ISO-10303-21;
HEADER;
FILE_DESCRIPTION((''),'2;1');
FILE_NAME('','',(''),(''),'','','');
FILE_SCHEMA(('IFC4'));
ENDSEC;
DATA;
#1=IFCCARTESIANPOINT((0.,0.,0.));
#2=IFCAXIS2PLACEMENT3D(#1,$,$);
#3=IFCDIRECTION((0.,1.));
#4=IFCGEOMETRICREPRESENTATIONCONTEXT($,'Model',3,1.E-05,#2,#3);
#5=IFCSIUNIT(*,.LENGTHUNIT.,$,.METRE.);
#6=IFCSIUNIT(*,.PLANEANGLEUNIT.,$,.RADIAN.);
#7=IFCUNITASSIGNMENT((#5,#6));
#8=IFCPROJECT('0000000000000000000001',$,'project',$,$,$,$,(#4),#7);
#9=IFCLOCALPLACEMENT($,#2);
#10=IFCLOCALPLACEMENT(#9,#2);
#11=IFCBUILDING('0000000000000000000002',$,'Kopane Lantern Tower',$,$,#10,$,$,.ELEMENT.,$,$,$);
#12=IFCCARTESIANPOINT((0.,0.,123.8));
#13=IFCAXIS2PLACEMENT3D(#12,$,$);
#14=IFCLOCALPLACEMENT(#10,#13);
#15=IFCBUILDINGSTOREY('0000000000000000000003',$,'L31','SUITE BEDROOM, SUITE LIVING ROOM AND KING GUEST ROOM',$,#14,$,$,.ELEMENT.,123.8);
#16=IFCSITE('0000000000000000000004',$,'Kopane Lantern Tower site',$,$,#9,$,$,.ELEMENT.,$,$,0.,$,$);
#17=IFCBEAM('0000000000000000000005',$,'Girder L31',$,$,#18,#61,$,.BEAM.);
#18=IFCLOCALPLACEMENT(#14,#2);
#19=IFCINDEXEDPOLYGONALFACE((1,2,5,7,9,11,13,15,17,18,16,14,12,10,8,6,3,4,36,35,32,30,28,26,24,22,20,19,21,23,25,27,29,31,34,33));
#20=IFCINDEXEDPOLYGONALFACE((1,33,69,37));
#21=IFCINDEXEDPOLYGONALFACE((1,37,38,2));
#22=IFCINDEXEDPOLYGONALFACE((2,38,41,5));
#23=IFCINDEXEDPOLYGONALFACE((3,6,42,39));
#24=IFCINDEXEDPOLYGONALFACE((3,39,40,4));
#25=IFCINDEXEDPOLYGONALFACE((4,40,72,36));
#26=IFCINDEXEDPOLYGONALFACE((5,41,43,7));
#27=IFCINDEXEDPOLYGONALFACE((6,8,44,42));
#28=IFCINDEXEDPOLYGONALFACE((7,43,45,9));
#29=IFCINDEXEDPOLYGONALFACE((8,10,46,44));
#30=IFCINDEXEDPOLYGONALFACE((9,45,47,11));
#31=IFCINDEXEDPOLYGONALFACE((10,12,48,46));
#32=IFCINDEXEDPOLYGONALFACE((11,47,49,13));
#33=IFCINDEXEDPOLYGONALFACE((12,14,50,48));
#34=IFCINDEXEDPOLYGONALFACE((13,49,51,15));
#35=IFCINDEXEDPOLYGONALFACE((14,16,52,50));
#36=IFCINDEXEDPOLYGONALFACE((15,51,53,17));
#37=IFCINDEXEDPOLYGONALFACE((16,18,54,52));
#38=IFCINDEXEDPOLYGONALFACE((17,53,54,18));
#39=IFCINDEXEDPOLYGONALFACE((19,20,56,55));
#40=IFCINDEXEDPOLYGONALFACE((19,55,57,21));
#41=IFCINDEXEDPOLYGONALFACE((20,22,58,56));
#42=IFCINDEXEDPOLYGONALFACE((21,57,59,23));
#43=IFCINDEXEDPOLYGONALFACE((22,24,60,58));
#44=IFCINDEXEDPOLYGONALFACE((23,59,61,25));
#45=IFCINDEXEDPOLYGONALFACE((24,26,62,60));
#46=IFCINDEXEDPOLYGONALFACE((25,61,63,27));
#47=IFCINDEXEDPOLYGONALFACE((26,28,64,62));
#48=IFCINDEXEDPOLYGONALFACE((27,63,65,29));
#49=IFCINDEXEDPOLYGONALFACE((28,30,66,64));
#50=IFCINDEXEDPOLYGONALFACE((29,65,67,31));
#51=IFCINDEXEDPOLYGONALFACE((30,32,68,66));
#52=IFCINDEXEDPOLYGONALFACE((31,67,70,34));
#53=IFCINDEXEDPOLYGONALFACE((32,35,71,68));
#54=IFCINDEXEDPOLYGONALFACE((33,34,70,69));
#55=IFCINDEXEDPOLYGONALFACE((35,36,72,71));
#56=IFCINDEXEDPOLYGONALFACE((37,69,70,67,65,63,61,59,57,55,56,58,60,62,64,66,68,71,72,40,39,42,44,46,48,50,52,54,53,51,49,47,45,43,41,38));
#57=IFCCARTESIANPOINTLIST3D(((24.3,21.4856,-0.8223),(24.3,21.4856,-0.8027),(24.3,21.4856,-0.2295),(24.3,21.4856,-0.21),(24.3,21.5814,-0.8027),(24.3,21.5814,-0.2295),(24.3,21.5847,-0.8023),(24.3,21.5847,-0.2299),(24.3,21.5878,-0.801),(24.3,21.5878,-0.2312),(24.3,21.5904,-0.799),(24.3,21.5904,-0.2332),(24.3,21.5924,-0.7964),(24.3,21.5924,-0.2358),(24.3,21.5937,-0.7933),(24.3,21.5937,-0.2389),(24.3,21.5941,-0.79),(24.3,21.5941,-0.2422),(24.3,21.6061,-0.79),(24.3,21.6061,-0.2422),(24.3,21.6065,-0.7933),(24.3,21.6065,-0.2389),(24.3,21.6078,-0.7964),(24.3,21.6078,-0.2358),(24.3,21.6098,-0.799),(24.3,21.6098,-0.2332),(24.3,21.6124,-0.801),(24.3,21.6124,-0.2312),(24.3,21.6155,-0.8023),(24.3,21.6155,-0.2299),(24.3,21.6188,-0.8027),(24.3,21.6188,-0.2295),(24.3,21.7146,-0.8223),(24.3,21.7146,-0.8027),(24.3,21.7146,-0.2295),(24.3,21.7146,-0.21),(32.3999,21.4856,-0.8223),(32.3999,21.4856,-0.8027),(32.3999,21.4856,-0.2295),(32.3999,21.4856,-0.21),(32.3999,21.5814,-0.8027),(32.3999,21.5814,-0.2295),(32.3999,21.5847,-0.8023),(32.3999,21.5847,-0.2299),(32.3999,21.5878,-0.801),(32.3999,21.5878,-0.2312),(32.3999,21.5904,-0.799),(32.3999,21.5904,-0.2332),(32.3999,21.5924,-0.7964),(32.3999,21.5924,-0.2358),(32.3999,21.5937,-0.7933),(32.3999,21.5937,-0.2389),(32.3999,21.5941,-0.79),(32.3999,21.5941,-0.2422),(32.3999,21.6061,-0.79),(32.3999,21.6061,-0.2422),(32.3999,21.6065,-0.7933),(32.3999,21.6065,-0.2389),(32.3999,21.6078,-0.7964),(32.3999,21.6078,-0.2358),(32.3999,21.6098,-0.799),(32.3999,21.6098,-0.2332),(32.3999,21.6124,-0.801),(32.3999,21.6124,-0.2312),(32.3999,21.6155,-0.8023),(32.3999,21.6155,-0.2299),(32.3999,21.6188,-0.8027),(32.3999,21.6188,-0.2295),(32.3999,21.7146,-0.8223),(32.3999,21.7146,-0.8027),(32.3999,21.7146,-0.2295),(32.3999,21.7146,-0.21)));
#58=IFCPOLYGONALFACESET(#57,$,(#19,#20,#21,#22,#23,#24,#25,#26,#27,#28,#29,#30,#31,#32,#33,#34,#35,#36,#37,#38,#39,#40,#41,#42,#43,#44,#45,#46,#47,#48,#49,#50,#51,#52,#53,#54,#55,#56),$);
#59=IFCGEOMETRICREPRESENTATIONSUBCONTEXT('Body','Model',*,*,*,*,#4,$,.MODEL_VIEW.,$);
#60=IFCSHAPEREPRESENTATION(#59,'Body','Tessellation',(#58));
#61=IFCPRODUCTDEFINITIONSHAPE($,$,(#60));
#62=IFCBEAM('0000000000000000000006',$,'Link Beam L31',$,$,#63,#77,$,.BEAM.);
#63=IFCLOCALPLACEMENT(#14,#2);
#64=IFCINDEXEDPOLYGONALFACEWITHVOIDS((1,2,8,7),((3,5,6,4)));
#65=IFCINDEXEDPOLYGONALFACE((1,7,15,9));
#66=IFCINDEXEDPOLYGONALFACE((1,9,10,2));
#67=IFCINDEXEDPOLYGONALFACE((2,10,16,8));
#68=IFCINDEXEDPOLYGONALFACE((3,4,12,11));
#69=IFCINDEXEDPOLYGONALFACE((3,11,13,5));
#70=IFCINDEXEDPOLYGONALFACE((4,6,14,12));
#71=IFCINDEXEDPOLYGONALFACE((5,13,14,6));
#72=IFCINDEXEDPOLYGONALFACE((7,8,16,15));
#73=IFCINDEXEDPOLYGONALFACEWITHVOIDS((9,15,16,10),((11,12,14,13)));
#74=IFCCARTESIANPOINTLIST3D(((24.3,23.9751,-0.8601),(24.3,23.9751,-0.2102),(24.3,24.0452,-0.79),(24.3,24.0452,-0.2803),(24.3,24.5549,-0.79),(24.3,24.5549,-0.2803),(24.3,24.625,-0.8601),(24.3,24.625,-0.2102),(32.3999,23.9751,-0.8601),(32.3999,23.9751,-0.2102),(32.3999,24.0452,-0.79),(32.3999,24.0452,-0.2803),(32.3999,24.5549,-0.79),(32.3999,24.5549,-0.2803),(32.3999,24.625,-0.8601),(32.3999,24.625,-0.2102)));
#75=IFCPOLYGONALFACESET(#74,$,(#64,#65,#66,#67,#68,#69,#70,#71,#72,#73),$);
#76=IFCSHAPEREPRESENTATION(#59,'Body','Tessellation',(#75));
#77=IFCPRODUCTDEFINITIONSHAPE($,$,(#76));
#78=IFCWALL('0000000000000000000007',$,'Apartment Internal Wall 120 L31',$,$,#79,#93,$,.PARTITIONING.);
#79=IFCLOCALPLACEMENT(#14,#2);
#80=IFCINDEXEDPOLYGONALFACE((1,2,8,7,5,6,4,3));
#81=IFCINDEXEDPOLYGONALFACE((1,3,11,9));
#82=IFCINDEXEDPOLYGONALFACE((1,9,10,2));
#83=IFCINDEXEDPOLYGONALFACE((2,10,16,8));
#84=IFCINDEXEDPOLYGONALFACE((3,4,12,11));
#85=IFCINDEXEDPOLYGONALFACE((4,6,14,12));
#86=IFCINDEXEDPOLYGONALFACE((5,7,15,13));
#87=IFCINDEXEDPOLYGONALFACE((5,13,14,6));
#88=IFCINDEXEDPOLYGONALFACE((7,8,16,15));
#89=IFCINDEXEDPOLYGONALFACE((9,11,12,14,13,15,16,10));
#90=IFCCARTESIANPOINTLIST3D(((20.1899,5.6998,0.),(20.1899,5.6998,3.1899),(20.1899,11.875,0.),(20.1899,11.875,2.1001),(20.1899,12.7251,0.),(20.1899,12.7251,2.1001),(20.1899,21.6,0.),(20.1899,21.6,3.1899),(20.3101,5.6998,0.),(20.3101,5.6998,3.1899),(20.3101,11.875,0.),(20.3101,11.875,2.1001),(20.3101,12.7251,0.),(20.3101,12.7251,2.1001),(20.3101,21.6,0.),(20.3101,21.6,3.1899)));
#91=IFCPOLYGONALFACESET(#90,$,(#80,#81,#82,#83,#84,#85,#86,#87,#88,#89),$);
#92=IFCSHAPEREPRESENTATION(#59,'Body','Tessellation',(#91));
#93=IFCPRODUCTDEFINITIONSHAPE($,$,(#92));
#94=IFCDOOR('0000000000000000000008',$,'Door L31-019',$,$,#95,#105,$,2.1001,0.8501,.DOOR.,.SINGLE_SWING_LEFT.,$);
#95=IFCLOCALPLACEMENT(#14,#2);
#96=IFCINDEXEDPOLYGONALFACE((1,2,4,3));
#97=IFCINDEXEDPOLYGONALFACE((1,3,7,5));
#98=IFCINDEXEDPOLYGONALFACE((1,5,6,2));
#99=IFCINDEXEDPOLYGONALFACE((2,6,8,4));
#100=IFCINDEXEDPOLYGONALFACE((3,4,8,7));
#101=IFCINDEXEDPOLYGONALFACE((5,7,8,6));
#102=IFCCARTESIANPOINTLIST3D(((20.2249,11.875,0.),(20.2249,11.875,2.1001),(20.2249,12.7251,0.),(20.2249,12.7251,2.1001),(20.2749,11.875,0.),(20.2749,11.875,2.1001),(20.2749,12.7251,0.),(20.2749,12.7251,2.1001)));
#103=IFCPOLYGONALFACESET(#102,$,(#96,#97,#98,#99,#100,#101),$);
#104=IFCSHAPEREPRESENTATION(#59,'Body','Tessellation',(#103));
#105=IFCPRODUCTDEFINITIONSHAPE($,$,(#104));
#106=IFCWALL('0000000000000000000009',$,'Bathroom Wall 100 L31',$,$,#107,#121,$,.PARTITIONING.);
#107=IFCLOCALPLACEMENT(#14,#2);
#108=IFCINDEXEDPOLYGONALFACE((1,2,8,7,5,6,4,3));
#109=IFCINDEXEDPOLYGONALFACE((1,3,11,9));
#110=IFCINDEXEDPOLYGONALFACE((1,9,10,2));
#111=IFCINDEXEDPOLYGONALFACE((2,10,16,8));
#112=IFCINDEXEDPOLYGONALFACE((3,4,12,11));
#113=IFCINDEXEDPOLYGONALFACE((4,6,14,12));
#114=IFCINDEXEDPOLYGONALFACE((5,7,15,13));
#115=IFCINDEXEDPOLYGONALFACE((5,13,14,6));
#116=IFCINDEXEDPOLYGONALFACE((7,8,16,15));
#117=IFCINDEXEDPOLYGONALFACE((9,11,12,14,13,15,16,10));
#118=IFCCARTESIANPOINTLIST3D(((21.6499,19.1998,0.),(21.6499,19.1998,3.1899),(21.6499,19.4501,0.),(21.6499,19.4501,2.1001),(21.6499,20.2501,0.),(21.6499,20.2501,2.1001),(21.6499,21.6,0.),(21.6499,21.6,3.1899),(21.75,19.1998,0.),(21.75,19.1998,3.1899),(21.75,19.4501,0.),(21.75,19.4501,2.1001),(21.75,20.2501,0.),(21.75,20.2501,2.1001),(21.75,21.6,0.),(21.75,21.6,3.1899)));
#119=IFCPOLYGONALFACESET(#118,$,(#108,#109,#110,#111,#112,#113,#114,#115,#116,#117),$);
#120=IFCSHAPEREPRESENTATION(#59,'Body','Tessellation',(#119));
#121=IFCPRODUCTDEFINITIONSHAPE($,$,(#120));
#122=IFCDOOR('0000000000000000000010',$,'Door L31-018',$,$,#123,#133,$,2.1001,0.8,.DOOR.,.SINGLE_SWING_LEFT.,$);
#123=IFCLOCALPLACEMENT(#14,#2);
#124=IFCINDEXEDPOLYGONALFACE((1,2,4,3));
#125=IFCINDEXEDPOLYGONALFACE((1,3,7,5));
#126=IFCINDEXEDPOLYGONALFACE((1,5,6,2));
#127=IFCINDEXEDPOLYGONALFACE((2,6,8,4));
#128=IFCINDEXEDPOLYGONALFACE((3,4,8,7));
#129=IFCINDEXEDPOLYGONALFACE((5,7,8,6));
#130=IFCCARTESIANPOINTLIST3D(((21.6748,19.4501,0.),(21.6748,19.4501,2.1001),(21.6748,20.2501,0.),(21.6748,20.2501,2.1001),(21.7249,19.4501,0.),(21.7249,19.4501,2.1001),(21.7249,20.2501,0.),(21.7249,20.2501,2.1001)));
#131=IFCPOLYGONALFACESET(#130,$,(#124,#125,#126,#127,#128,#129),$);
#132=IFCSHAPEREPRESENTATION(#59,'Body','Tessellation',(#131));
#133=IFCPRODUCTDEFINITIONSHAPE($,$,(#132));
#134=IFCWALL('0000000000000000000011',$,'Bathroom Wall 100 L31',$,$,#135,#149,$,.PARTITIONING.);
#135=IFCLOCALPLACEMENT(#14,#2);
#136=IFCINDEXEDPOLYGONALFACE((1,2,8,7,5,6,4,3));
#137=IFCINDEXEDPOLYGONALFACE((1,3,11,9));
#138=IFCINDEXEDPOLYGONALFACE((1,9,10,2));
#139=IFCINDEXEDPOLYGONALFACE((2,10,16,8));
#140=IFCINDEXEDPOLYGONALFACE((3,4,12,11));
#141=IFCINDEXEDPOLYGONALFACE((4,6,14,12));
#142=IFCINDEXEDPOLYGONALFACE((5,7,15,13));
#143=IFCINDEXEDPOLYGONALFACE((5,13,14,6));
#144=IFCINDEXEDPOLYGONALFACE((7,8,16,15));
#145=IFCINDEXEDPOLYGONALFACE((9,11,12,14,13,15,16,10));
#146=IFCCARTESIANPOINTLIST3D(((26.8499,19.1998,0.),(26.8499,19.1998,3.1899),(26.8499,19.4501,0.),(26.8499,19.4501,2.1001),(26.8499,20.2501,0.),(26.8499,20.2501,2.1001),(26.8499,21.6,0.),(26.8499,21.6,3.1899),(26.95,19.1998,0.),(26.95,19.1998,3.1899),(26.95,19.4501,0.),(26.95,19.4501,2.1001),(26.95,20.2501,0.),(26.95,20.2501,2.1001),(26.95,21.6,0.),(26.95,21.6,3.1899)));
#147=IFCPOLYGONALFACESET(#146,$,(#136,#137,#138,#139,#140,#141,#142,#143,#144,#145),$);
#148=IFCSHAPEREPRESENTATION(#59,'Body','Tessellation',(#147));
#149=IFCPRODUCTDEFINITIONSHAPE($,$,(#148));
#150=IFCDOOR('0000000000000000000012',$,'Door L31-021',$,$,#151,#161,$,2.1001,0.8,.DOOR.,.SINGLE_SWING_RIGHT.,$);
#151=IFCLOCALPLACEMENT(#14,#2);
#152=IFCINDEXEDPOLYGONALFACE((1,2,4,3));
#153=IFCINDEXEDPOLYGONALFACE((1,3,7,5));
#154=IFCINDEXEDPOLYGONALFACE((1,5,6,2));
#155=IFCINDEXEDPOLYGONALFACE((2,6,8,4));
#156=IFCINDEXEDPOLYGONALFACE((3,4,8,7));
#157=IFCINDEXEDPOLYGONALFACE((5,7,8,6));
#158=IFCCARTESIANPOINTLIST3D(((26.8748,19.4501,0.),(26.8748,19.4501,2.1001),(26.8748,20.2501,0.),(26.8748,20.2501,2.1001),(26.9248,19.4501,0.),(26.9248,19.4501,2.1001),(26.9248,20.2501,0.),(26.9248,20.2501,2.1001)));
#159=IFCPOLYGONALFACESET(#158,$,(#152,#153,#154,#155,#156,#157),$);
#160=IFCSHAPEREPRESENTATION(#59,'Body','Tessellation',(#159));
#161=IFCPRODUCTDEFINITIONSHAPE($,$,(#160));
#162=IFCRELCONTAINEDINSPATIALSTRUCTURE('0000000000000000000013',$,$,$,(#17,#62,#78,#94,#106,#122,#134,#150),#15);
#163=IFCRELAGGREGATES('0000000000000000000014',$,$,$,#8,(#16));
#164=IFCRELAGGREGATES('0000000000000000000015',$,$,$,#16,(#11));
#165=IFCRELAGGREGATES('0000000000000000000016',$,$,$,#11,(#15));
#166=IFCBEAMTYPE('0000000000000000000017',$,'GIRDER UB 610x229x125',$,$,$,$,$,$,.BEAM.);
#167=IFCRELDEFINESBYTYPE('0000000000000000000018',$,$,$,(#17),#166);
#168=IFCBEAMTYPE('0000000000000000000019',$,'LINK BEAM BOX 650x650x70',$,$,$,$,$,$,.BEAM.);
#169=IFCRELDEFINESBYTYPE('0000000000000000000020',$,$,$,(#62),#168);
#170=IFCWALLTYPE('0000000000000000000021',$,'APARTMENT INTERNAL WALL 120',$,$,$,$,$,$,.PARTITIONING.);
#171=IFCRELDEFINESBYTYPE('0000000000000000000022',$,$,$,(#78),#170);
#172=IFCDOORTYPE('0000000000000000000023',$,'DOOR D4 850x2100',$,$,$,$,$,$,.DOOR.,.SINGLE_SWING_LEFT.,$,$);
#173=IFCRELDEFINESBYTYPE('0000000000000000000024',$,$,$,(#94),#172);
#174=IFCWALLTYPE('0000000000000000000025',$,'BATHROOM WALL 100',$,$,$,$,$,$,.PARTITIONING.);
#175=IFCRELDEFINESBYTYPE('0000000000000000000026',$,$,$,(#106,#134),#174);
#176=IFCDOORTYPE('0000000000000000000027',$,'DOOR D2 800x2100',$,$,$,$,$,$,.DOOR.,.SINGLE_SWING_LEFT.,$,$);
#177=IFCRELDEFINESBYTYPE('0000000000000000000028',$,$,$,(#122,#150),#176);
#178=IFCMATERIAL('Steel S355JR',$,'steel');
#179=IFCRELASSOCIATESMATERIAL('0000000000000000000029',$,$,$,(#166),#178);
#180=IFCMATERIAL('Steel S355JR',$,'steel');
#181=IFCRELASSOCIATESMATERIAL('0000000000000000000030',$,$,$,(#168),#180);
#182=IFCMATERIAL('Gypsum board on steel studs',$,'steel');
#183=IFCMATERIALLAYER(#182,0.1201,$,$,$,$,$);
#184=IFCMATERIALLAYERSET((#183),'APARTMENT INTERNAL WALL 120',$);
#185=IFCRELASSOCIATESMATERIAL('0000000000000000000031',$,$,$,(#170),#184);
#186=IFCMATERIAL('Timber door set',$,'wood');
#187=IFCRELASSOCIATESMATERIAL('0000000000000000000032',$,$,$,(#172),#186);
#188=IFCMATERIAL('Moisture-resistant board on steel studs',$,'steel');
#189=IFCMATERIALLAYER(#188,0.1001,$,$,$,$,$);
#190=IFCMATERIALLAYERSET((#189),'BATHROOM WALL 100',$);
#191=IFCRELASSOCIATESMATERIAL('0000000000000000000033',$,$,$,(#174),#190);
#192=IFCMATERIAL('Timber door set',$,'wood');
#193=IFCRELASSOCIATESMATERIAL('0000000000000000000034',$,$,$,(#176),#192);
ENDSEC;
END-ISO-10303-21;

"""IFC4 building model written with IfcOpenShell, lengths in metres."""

from ifc_helpers import new_model, si_unit, direction, frame, frame_2d, origin, origin_2d, place, context, subcontext, project, spatial, rectangle, hollow_rectangle, i_section, extrude, material, layer, layer_set, material_profile, profile_set, type_object, element, fill, save


model = new_model("IFC4")

# Units and contexts
model_context = context("Model", 3, precision=1e-05, world=origin(), true_north=direction((0.0, 1.0)))
body_context = subcontext(model_context, "Body", "Model", "MODEL_VIEW")
ifc_project = project(units=[si_unit("LENGTHUNIT", "METRE"), si_unit("PLANEANGLEUNIT", "RADIAN")], contexts=[model_context])

# Site, building, storey
site_placement = place(None, origin())
site = spatial("IfcSite", under=ifc_project, at=site_placement, Name="Kopane Lantern Tower site", CompositionType="ELEMENT", RefElevation=0.0)
building_placement = place(site_placement, origin())
building = spatial("IfcBuilding", under=site, at=building_placement, Name="Kopane Lantern Tower", CompositionType="ELEMENT")
storey_placement = place(building_placement, frame((0.0, 0.0, 123.8)))
storey = spatial("IfcBuildingStorey", under=building, at=storey_placement, Name="L31", Description="SUITE BEDROOM, SUITE LIVING ROOM AND KING GUEST ROOM", CompositionType="ELEMENT", Elevation=123.8)

# Beams
ifc_material_1 = material(Name="Steel S355JR", Category="steel")
ifc_material_profile_1 = material_profile(ifc_material_1, i_section(OverallWidth=0.229, OverallDepth=0.6123, WebThickness=0.012, FlangeThickness=0.0195, FilletRadius=0.0127, at=origin_2d()), Name="UB 610x229x125")
ifc_profile_set_1 = profile_set([ifc_material_profile_1], Name="Steel S355JR")
beam_type_1 = type_object("IfcBeamType", Name="GIRDER UB 610x229x125", PredefinedType="BEAM", material=ifc_profile_set_1)
beam_1_placement = place(storey_placement, frame((24.3, 21.6001, -0.5161), z_axis=(1.0, 0.0, 0.0), x_axis=(0.0, 1.0, 0.0)))
element("IfcBeam", 1, at=beam_1_placement, inside=storey, type_object=beam_type_1, Name="Girder L31", PredefinedType="BEAM", context=body_context, shape_type="SweptSolid", body=[
    extrude(i_section(OverallWidth=0.229, OverallDepth=0.6123, WebThickness=0.012, FlangeThickness=0.0195, FilletRadius=0.0127, at=origin_2d()), origin(), (0.0, 0.0, 1.0), 8.0999),
])
ifc_material_2 = material(Name="Steel S355JR", Category="steel")
ifc_material_profile_2 = material_profile(ifc_material_2, hollow_rectangle(XDim=0.6499, YDim=0.6499, WallThickness=0.0701, at=origin_2d()), Name="BOX 650x650x70")
ifc_profile_set_2 = profile_set([ifc_material_profile_2], Name="Steel S355JR")
beam_type_2 = type_object("IfcBeamType", Name="LINK BEAM BOX 650x650x70", PredefinedType="BEAM", material=ifc_profile_set_2)
beam_2_placement = place(storey_placement, frame((24.3, 24.3, -0.5352), z_axis=(1.0, 0.0, 0.0), x_axis=(0.0, 1.0, 0.0)))
element("IfcBeam", 2, at=beam_2_placement, inside=storey, type_object=beam_type_2, Name="Link Beam L31", PredefinedType="BEAM", context=body_context, shape_type="SweptSolid", body=[
    extrude(hollow_rectangle(XDim=0.6499, YDim=0.6499, WallThickness=0.0701, at=origin_2d()), origin(), (0.0, 0.0, 1.0), 8.0999),
])

# Walls, openings, doors
ifc_material_3 = material(Name="Gypsum board on steel studs", Category="steel")
ifc_layer_1 = layer(ifc_material_3, 0.1201)
ifc_layer_set_1 = layer_set([ifc_layer_1], Name="APARTMENT INTERNAL WALL 120")
wall_type_1 = type_object("IfcWallType", Name="APARTMENT INTERNAL WALL 120", PredefinedType="PARTITIONING", material=ifc_layer_set_1)
wall_1_placement = place(storey_placement, frame((20.25, 21.6001, 0.0), z_axis=(0.0, 0.0, 1.0), x_axis=(0.0, -1.0, 0.0)))
wall_1 = element("IfcWall", 3, at=wall_1_placement, inside=storey, type_object=wall_type_1, Name="Apartment Internal Wall 120 L31", PredefinedType="PARTITIONING", context=body_context, shape_type="SweptSolid", body=[
    extrude(rectangle(XDim=15.9001, YDim=0.1201, at=frame_2d((7.9502, 0.0))), origin(), (0.0, 0.0, 1.0), 3.1899),
])
opening_1_placement = place(wall_1_placement, frame((8.875, 0.0, 0.0)))
opening_1 = element("IfcOpeningElement", 4, at=opening_1_placement, cuts=wall_1, PredefinedType="OPENING", context=body_context, shape_type="SweptSolid", body=[
    extrude(rectangle(XDim=0.8501, YDim=2.1001, at=frame_2d((0.425, 1.05))), frame((0.0, 0.0701, 0.0), z_axis=(0.0, -1.0, 0.0), x_axis=(1.0, 0.0, 0.0)), (0.0, 0.0, 1.0), 0.1401),
])
ifc_material_4 = material(Name="Timber door set", Category="wood")
door_type_1 = type_object("IfcDoorType", Name="DOOR D4 850x2100", OperationType="SINGLE_SWING_LEFT", PredefinedType="DOOR", material=ifc_material_4)
door_1_placement = place(opening_1_placement, origin())
door_1 = element("IfcDoor", 5, at=door_1_placement, inside=storey, type_object=door_type_1, Name="Door L31-019", OperationType="SINGLE_SWING_LEFT", OverallHeight=2.1001, OverallWidth=0.8501, PredefinedType="DOOR", context=body_context, shape_type="SweptSolid", body=[
    extrude(rectangle(XDim=0.8501, YDim=2.1001, at=frame_2d((0.425, 1.05))), frame((0.0, 0.0249, 0.0), z_axis=(0.0, -1.0, 0.0), x_axis=(1.0, 0.0, 0.0)), (0.0, 0.0, 1.0), 0.05),
])
fill(opening_1, door_1)
ifc_material_5 = material(Name="Moisture-resistant board on steel studs", Category="steel")
ifc_layer_2 = layer(ifc_material_5, 0.1001)
ifc_layer_set_2 = layer_set([ifc_layer_2], Name="BATHROOM WALL 100")
wall_type_2 = type_object("IfcWallType", Name="BATHROOM WALL 100", PredefinedType="PARTITIONING", material=ifc_layer_set_2)
wall_2_placement = place(storey_placement, frame((21.7, 21.6001, 0.0), z_axis=(0.0, 0.0, 1.0), x_axis=(0.0, -1.0, 0.0)))
wall_2 = element("IfcWall", 6, at=wall_2_placement, inside=storey, type_object=wall_type_2, Name="Bathroom Wall 100 L31", PredefinedType="PARTITIONING", context=body_context, shape_type="SweptSolid", body=[
    extrude(rectangle(XDim=2.4001, YDim=0.1001, at=frame_2d((1.2002, 0.0))), origin(), (0.0, 0.0, 1.0), 3.1899),
])
opening_2_placement = place(wall_2_placement, frame((1.3501, 0.0, 0.0)))
opening_2 = element("IfcOpeningElement", 7, at=opening_2_placement, cuts=wall_2, PredefinedType="OPENING", context=body_context, shape_type="SweptSolid", body=[
    extrude(rectangle(XDim=0.8, YDim=2.1001, at=frame_2d((0.3999, 1.05))), frame((0.0, 0.0601, 0.0), z_axis=(0.0, -1.0, 0.0), x_axis=(1.0, 0.0, 0.0)), (0.0, 0.0, 1.0), 0.1201),
])
ifc_material_6 = material(Name="Timber door set", Category="wood")
door_type_2 = type_object("IfcDoorType", Name="DOOR D2 800x2100", OperationType="SINGLE_SWING_LEFT", PredefinedType="DOOR", material=ifc_material_6)
door_2_placement = place(opening_2_placement, origin())
door_2 = element("IfcDoor", 8, at=door_2_placement, inside=storey, type_object=door_type_2, Name="Door L31-018", OperationType="SINGLE_SWING_LEFT", OverallHeight=2.1001, OverallWidth=0.8, PredefinedType="DOOR", context=body_context, shape_type="SweptSolid", body=[
    extrude(rectangle(XDim=0.8, YDim=2.1001, at=frame_2d((0.3999, 1.05))), frame((0.0, 0.0249, 0.0), z_axis=(0.0, -1.0, 0.0), x_axis=(1.0, 0.0, 0.0)), (0.0, 0.0, 1.0), 0.05),
])
fill(opening_2, door_2)
wall_3_placement = place(storey_placement, frame((26.8999, 21.6001, 0.0), z_axis=(0.0, 0.0, 1.0), x_axis=(0.0, -1.0, 0.0)))
wall_3 = element("IfcWall", 9, at=wall_3_placement, inside=storey, type_object=wall_type_2, Name="Bathroom Wall 100 L31", PredefinedType="PARTITIONING", context=body_context, shape_type="SweptSolid", body=[
    extrude(rectangle(XDim=2.4001, YDim=0.1001, at=frame_2d((1.2002, 0.0))), origin(), (0.0, 0.0, 1.0), 3.1899),
])
opening_3_placement = place(wall_3_placement, frame((1.3501, 0.0, 0.0)))
opening_3 = element("IfcOpeningElement", 10, at=opening_3_placement, cuts=wall_3, PredefinedType="OPENING", context=body_context, shape_type="SweptSolid", body=[
    extrude(rectangle(XDim=0.8, YDim=2.1001, at=frame_2d((0.3999, 1.05))), frame((0.0, 0.0601, 0.0), z_axis=(0.0, -1.0, 0.0), x_axis=(1.0, 0.0, 0.0)), (0.0, 0.0, 1.0), 0.1201),
])
door_3_placement = place(opening_3_placement, origin())
door_3 = element("IfcDoor", 11, at=door_3_placement, inside=storey, type_object=door_type_2, Name="Door L31-021", OperationType="SINGLE_SWING_RIGHT", OverallHeight=2.1001, OverallWidth=0.8, PredefinedType="DOOR", context=body_context, shape_type="SweptSolid", body=[
    extrude(rectangle(XDim=0.8, YDim=2.1001, at=frame_2d((0.3999, 1.05))), frame((0.0, 0.0249, 0.0), z_axis=(0.0, -1.0, 0.0), x_axis=(1.0, 0.0, 0.0)), (0.0, 0.0, 1.0), 0.05),
])
fill(opening_3, door_3)

save(model, "model.ifc")
